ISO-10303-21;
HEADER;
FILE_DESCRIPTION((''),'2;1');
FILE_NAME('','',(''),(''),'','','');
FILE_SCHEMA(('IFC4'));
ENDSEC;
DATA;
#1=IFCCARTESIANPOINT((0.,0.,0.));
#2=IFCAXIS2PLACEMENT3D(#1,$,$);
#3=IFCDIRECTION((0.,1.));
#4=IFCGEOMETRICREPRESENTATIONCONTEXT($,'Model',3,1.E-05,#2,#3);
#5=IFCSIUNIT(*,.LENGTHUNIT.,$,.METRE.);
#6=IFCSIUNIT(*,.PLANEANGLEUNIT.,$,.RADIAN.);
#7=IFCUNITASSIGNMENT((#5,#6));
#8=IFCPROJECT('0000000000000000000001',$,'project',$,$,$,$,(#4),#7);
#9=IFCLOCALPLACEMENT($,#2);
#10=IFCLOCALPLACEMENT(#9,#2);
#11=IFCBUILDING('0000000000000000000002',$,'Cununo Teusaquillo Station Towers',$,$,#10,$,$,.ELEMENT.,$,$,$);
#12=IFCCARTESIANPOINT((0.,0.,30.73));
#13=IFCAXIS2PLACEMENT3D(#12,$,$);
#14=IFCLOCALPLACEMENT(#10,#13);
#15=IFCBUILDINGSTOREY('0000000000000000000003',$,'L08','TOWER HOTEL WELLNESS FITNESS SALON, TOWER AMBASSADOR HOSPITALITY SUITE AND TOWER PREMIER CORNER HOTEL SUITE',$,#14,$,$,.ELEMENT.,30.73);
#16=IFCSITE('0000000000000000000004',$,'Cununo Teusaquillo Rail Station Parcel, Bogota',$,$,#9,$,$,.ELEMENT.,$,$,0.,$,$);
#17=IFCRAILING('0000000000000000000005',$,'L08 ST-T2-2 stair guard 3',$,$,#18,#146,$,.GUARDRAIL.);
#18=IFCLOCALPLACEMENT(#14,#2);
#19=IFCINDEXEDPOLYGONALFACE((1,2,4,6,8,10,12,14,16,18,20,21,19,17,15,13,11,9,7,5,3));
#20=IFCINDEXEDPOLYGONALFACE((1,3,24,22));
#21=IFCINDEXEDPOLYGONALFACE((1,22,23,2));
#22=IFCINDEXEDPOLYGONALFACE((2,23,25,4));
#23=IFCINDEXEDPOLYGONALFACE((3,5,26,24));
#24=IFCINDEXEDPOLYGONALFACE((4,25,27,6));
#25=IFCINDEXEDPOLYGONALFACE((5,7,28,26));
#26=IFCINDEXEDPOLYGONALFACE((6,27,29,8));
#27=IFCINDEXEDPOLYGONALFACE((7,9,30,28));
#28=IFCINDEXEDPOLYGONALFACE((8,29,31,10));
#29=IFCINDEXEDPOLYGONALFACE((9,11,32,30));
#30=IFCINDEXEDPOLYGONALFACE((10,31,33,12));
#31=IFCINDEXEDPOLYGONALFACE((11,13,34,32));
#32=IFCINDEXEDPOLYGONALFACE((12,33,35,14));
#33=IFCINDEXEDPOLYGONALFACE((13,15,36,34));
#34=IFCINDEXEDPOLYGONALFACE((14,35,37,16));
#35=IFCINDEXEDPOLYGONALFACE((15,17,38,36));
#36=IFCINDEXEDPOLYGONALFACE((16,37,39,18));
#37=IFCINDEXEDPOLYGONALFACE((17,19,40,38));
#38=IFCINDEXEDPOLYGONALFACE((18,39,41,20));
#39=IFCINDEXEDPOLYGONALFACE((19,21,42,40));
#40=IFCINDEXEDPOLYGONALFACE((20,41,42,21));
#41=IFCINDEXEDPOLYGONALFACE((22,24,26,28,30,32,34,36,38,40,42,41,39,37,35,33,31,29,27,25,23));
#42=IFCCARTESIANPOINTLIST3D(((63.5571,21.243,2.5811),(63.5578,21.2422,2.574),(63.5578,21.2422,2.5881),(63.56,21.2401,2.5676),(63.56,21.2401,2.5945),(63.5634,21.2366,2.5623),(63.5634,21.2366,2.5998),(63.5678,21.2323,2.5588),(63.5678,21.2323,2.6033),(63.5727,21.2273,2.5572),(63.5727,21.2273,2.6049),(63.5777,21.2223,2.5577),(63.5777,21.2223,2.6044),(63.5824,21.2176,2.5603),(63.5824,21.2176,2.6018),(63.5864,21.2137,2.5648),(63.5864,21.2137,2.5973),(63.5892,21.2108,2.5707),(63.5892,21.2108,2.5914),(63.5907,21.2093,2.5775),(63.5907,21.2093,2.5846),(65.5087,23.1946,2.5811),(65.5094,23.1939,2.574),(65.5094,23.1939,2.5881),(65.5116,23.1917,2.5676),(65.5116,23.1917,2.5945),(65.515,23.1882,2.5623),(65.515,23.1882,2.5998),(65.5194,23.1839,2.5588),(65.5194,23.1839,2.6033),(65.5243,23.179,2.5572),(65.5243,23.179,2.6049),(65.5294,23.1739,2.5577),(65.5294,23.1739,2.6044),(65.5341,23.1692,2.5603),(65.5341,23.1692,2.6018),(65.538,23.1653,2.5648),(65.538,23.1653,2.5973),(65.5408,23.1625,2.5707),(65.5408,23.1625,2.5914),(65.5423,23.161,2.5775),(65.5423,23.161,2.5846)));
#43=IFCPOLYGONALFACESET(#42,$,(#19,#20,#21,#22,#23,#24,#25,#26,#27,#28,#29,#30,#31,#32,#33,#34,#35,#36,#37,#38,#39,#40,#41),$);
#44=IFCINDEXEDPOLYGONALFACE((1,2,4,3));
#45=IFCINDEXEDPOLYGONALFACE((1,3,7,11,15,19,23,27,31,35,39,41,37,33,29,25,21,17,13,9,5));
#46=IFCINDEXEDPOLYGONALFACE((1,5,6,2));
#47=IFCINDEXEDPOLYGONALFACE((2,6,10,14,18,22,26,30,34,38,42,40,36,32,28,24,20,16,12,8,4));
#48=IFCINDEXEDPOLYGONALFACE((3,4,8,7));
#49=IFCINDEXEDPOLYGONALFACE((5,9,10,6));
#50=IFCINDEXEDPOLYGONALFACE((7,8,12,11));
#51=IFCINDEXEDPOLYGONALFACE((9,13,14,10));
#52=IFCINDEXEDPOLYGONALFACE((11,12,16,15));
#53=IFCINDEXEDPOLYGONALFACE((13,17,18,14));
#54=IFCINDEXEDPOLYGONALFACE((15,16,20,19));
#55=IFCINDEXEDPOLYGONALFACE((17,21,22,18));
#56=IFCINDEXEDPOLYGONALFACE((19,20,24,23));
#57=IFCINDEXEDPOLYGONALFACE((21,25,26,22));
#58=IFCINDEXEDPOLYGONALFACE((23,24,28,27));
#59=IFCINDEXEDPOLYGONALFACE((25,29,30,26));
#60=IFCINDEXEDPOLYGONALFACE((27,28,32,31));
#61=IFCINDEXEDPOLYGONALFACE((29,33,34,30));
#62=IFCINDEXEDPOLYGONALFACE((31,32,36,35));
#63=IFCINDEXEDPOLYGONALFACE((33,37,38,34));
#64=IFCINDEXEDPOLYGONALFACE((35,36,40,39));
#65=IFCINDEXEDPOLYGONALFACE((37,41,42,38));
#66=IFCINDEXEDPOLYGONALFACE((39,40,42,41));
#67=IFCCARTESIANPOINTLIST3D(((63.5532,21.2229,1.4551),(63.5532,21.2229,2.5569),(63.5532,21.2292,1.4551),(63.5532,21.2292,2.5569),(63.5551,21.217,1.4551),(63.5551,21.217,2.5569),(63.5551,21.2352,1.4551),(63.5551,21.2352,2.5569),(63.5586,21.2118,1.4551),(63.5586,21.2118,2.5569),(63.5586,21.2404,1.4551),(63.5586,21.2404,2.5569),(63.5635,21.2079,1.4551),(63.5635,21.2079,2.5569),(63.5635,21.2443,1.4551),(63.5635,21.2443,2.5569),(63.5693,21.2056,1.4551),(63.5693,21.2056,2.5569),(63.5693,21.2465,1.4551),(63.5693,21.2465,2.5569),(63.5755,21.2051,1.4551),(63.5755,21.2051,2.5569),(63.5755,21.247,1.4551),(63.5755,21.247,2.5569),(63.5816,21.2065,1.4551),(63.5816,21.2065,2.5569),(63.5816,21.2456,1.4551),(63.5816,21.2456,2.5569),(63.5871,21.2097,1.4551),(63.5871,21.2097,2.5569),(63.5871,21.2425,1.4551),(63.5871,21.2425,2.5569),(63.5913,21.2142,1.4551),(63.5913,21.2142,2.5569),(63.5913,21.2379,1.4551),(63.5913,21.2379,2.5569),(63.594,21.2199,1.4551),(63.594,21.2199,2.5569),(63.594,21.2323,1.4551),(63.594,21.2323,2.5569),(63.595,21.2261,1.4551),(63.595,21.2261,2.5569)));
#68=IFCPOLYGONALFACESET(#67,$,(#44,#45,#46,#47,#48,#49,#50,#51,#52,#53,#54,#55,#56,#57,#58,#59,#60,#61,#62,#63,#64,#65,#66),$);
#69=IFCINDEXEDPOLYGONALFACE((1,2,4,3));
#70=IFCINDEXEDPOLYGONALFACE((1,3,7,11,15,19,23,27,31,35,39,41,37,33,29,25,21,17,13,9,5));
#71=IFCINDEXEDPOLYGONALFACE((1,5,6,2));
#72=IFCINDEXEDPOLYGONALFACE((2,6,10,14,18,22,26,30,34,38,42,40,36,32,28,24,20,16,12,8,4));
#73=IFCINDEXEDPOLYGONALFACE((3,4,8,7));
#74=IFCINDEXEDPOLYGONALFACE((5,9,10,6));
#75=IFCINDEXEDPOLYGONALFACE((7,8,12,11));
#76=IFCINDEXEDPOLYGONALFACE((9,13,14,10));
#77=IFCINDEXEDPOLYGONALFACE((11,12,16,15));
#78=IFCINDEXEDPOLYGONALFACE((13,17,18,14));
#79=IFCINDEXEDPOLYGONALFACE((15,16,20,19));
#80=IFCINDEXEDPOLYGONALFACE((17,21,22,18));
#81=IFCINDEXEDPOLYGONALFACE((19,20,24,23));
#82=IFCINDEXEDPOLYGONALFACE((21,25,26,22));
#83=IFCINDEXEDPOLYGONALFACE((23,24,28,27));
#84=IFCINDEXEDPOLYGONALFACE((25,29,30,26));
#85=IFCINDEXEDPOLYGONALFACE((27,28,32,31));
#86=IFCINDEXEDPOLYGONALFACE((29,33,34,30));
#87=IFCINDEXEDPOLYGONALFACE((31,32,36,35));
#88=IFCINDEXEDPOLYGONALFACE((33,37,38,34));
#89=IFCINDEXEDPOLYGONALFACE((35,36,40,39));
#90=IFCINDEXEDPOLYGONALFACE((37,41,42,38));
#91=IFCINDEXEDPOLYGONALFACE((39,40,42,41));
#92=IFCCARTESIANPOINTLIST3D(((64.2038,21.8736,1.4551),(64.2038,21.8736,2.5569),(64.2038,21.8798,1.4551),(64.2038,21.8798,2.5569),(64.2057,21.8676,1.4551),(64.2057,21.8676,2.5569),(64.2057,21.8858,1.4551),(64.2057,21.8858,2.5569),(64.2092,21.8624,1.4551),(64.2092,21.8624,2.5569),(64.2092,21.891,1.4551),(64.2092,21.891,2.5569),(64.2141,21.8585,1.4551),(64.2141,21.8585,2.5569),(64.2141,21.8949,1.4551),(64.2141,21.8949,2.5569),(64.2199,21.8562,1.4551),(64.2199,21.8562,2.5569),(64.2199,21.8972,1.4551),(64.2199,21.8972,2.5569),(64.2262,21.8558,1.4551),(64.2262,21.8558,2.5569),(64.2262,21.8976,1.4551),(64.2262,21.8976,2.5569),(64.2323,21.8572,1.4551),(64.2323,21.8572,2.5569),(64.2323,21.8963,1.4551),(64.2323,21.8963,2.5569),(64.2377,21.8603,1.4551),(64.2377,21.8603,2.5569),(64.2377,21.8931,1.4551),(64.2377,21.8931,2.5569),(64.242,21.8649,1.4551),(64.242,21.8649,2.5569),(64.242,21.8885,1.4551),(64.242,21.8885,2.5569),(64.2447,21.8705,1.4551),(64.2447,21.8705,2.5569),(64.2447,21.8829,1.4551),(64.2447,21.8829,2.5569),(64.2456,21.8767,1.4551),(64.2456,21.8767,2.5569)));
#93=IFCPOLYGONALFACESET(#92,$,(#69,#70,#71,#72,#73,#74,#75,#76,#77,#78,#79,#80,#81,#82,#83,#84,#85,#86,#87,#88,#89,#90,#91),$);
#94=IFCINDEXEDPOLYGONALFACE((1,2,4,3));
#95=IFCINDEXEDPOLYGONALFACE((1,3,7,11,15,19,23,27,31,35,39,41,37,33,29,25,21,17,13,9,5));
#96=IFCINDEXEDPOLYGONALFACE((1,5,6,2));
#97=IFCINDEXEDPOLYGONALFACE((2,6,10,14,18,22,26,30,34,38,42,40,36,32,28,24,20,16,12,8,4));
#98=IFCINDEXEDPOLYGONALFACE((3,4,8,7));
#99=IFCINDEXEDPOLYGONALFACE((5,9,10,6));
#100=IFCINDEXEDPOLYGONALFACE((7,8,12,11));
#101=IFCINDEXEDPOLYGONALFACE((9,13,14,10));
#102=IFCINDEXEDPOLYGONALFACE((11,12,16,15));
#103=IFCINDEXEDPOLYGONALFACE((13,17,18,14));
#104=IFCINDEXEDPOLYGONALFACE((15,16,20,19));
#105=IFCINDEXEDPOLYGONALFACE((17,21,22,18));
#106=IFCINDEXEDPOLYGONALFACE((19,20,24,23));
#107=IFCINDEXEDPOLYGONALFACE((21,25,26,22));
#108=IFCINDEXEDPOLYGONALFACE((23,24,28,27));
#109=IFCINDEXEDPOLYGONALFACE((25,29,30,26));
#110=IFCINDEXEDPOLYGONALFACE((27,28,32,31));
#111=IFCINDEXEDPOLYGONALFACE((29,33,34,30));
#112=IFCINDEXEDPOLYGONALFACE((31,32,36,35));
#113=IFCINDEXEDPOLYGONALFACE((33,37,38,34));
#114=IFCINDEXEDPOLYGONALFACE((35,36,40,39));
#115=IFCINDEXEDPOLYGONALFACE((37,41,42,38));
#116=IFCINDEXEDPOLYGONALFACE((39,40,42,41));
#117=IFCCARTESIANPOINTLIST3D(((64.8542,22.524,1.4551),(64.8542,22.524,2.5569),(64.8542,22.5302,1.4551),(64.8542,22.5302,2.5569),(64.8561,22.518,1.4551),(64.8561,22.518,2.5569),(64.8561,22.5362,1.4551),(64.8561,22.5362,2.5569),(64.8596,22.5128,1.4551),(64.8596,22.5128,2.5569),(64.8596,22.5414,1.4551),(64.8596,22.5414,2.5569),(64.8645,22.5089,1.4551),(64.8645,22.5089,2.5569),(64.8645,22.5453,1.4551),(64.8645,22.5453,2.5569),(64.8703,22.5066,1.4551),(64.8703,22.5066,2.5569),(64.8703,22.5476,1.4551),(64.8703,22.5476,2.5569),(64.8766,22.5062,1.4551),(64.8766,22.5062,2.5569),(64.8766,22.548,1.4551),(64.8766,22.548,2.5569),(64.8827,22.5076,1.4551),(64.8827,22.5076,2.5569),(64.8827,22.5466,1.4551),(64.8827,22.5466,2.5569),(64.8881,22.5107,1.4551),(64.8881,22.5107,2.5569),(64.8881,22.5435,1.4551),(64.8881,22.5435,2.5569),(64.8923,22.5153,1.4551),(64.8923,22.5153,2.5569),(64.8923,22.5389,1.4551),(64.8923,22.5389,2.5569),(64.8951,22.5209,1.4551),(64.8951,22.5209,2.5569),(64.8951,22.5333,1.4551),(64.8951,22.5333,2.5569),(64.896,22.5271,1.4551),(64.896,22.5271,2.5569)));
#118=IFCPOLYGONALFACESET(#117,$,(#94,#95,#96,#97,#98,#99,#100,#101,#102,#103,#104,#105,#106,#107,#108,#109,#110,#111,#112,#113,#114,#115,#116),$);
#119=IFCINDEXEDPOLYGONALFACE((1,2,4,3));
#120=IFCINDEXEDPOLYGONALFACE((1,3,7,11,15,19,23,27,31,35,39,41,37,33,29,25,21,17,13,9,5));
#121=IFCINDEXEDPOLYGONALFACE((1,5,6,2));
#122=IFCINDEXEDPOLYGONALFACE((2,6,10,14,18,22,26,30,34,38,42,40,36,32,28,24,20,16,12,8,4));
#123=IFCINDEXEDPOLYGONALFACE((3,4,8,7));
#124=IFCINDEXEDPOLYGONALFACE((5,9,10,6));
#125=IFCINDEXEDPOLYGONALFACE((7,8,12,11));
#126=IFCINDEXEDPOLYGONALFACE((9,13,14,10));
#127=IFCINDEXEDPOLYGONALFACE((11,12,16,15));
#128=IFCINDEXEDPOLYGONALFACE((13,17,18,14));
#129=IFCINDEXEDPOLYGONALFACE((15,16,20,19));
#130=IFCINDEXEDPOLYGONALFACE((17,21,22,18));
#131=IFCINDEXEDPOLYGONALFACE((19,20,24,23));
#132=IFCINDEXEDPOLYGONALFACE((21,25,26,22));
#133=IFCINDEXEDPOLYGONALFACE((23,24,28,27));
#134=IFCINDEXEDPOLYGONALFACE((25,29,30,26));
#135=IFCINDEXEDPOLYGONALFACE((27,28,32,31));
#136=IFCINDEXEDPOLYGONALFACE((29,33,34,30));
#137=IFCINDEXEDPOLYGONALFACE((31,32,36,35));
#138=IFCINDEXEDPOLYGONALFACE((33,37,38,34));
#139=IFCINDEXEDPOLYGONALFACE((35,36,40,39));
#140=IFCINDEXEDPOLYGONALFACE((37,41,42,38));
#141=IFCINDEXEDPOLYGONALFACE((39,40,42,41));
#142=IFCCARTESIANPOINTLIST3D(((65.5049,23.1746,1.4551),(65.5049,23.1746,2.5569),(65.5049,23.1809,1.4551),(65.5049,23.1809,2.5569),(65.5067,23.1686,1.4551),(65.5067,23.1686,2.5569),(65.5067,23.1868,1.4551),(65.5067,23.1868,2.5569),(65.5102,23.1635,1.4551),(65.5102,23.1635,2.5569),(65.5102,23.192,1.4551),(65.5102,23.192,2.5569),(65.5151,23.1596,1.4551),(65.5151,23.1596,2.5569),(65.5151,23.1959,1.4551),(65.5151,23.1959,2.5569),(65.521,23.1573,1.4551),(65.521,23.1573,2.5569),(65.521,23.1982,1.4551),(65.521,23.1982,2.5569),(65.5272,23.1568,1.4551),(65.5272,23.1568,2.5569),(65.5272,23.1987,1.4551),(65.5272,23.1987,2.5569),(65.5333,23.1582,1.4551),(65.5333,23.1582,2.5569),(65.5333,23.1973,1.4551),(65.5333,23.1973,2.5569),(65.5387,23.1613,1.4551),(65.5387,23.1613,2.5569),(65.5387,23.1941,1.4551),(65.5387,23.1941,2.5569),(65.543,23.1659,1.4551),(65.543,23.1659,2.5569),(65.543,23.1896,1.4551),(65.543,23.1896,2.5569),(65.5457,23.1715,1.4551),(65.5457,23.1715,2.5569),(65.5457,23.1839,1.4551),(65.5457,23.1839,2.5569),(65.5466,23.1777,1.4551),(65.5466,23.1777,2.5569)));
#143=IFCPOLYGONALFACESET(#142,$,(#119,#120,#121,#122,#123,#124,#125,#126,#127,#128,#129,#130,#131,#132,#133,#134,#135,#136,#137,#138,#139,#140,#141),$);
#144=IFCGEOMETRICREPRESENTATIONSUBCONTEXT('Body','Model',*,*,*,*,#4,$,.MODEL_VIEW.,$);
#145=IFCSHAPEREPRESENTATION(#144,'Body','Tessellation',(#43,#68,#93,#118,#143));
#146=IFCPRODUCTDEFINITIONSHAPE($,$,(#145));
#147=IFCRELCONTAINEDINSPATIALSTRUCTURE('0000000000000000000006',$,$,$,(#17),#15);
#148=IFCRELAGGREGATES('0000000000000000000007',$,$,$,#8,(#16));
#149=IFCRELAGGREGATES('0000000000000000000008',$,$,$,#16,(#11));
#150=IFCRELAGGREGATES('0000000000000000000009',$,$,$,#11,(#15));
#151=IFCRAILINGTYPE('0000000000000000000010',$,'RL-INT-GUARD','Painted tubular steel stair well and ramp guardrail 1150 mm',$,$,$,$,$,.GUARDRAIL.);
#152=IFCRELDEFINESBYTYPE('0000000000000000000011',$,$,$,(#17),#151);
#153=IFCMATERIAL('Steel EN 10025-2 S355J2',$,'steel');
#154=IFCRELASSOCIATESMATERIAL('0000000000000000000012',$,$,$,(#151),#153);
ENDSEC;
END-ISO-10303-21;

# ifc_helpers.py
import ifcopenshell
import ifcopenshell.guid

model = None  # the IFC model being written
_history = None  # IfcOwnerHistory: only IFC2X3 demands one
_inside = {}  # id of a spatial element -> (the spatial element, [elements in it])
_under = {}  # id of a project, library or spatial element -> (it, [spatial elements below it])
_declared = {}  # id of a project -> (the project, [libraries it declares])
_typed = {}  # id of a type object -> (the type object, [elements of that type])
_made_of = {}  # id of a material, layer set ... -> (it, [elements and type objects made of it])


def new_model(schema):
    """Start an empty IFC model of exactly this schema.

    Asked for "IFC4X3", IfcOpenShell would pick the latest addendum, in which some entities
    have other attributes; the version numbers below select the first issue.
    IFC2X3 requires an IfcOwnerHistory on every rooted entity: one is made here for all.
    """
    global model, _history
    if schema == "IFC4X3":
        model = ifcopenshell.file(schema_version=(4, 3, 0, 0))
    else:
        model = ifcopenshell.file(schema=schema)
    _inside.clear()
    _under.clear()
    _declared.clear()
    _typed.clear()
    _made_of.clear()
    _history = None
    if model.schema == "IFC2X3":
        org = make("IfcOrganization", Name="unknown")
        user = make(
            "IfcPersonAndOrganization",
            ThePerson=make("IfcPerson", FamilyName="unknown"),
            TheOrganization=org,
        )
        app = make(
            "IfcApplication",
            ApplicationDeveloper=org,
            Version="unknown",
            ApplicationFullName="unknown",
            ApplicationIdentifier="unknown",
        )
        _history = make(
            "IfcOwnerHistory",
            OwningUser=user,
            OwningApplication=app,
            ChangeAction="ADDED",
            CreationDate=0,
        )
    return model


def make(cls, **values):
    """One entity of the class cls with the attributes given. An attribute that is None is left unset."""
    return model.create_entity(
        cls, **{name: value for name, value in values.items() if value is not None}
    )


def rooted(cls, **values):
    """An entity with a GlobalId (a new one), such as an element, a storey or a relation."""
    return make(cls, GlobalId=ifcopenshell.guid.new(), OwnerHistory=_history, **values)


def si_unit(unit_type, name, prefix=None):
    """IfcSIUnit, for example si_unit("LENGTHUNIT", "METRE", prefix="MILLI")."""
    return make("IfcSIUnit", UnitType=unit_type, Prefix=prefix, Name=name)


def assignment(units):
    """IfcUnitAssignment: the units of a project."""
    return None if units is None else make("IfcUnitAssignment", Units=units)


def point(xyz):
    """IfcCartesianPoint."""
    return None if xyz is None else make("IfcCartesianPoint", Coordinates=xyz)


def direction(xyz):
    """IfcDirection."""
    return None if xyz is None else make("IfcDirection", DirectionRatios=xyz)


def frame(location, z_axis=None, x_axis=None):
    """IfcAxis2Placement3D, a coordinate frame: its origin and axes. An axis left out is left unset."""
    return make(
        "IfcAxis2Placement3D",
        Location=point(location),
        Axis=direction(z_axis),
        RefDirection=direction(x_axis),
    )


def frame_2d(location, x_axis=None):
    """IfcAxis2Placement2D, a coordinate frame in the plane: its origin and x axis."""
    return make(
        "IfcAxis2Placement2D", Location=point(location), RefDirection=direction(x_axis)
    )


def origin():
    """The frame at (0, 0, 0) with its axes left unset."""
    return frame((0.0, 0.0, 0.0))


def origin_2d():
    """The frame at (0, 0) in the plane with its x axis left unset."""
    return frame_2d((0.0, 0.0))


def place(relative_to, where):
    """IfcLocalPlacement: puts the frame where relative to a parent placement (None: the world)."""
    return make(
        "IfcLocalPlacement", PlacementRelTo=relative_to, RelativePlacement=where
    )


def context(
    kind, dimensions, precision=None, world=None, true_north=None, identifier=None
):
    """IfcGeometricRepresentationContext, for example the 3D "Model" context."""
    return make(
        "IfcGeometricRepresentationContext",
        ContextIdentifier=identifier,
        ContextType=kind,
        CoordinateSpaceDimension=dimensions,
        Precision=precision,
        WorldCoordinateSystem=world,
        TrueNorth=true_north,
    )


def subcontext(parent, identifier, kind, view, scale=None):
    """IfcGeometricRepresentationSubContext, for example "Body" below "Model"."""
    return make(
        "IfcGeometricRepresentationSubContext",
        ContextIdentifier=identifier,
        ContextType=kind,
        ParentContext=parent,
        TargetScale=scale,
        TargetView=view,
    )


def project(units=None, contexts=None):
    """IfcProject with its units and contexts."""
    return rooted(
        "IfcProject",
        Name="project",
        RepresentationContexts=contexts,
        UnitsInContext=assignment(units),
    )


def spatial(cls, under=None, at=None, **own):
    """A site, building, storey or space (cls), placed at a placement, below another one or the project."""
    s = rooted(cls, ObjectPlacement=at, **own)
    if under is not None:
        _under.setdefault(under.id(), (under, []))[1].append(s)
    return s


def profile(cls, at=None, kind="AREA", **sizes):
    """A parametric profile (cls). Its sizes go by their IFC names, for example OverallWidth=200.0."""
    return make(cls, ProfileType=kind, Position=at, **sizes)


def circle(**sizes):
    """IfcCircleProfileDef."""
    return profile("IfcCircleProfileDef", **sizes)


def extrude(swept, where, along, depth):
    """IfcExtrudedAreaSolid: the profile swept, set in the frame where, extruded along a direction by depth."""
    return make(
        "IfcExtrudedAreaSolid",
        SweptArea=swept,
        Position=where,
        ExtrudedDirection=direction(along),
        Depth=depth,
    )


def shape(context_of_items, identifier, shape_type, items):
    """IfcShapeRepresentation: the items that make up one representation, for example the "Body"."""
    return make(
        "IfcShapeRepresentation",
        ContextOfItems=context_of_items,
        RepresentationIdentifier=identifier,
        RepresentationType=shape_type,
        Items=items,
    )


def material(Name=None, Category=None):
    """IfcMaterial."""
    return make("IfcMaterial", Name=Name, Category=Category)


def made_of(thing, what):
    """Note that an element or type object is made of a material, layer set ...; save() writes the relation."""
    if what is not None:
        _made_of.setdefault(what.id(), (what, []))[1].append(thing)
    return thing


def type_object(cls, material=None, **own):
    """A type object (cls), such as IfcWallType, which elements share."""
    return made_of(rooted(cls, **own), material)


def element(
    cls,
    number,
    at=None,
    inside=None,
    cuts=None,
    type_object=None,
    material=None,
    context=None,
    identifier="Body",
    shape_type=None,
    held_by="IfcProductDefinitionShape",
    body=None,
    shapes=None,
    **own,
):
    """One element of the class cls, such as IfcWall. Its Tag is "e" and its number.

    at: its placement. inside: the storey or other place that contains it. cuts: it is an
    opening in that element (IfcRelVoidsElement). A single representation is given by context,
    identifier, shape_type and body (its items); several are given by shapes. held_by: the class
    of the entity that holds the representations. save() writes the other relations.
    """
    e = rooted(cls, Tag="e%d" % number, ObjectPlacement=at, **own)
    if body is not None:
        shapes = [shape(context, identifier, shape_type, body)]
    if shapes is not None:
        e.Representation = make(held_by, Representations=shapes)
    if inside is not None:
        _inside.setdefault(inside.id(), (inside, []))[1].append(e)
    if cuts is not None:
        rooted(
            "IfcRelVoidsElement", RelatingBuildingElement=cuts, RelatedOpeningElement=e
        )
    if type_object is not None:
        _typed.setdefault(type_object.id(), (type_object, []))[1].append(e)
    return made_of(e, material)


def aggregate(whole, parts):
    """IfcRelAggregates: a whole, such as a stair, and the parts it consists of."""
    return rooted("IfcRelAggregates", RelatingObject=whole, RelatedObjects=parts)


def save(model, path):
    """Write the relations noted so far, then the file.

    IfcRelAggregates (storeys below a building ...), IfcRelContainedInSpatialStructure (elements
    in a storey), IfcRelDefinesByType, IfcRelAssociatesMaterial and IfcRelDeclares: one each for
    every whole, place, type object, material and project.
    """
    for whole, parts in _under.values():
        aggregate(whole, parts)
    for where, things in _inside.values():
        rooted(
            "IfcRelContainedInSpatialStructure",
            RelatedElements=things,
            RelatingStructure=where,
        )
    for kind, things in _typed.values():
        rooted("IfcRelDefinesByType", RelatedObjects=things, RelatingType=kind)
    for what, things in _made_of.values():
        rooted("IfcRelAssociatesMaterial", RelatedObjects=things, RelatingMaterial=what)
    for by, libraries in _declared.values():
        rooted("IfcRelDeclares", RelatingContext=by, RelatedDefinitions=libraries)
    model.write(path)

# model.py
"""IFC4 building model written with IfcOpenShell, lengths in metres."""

from ifc_helpers import new_model, si_unit, direction, frame, origin, origin_2d, place, context, subcontext, project, spatial, circle, extrude, material, type_object, element, save


model = new_model("IFC4")

# Units and contexts
model_context = context("Model", 3, precision=1e-05, world=origin(), true_north=direction((0.0, 1.0)))
body_context = subcontext(model_context, "Body", "Model", "MODEL_VIEW")
ifc_project = project(units=[si_unit("LENGTHUNIT", "METRE"), si_unit("PLANEANGLEUNIT", "RADIAN")], contexts=[model_context])

# Site, building, storey
site_placement = place(None, origin())
site = spatial("IfcSite", under=ifc_project, at=site_placement, Name="Cununo Teusaquillo Rail Station Parcel, Bogota", CompositionType="ELEMENT", RefElevation=0.0)
building_placement = place(site_placement, origin())
building = spatial("IfcBuilding", under=site, at=building_placement, Name="Cununo Teusaquillo Station Towers", CompositionType="ELEMENT")
storey_placement = place(building_placement, frame((0.0, 0.0, 30.73)))
storey = spatial("IfcBuildingStorey", under=building, at=storey_placement, Name="L08", Description="TOWER HOTEL WELLNESS FITNESS SALON, TOWER AMBASSADOR HOSPITALITY SUITE AND TOWER PREMIER CORNER HOTEL SUITE", CompositionType="ELEMENT", Elevation=30.73)

# Railing
ifc_material_1 = material(Name="Steel EN 10025-2 S355J2", Category="steel")
railing_type = type_object("IfcRailingType", Name="RL-INT-GUARD", Description="Painted tubular steel stair well and ramp guardrail 1150 mm", PredefinedType="GUARDRAIL", material=ifc_material_1)
railing_1_placement = place(storey_placement, frame((63.574, 21.2261, 1.4551)))
element("IfcRailing", 1, at=railing_1_placement, inside=storey, type_object=railing_type, Name="L08 ST-T2-2 stair guard 3", PredefinedType="GUARDRAIL", context=body_context, shape_type="SweptSolid", body=[
    extrude(circle(Radius=0.0239, at=origin_2d()), frame((0.0, 0.0, 1.126), z_axis=(0.707107, 0.707107, 0.0), x_axis=(-0.707107, 0.707107, 0.0)), (0.0, 0.0, 1.0), 2.76),
    extrude(circle(Radius=0.021, at=origin_2d()), origin(), (0.0, 0.0, 1.0), 1.1018),
    extrude(circle(Radius=0.021, at=origin_2d()), frame((0.6506, 0.6506, 0.0)), (0.0, 0.0, 1.0), 1.1018),
    extrude(circle(Radius=0.021, at=origin_2d()), frame((1.301, 1.301, 0.0)), (0.0, 0.0, 1.0), 1.1018),
    extrude(circle(Radius=0.021, at=origin_2d()), frame((1.9517, 1.9517, 0.0)), (0.0, 0.0, 1.0), 1.1018),
])

save(model, "model.ifc")
